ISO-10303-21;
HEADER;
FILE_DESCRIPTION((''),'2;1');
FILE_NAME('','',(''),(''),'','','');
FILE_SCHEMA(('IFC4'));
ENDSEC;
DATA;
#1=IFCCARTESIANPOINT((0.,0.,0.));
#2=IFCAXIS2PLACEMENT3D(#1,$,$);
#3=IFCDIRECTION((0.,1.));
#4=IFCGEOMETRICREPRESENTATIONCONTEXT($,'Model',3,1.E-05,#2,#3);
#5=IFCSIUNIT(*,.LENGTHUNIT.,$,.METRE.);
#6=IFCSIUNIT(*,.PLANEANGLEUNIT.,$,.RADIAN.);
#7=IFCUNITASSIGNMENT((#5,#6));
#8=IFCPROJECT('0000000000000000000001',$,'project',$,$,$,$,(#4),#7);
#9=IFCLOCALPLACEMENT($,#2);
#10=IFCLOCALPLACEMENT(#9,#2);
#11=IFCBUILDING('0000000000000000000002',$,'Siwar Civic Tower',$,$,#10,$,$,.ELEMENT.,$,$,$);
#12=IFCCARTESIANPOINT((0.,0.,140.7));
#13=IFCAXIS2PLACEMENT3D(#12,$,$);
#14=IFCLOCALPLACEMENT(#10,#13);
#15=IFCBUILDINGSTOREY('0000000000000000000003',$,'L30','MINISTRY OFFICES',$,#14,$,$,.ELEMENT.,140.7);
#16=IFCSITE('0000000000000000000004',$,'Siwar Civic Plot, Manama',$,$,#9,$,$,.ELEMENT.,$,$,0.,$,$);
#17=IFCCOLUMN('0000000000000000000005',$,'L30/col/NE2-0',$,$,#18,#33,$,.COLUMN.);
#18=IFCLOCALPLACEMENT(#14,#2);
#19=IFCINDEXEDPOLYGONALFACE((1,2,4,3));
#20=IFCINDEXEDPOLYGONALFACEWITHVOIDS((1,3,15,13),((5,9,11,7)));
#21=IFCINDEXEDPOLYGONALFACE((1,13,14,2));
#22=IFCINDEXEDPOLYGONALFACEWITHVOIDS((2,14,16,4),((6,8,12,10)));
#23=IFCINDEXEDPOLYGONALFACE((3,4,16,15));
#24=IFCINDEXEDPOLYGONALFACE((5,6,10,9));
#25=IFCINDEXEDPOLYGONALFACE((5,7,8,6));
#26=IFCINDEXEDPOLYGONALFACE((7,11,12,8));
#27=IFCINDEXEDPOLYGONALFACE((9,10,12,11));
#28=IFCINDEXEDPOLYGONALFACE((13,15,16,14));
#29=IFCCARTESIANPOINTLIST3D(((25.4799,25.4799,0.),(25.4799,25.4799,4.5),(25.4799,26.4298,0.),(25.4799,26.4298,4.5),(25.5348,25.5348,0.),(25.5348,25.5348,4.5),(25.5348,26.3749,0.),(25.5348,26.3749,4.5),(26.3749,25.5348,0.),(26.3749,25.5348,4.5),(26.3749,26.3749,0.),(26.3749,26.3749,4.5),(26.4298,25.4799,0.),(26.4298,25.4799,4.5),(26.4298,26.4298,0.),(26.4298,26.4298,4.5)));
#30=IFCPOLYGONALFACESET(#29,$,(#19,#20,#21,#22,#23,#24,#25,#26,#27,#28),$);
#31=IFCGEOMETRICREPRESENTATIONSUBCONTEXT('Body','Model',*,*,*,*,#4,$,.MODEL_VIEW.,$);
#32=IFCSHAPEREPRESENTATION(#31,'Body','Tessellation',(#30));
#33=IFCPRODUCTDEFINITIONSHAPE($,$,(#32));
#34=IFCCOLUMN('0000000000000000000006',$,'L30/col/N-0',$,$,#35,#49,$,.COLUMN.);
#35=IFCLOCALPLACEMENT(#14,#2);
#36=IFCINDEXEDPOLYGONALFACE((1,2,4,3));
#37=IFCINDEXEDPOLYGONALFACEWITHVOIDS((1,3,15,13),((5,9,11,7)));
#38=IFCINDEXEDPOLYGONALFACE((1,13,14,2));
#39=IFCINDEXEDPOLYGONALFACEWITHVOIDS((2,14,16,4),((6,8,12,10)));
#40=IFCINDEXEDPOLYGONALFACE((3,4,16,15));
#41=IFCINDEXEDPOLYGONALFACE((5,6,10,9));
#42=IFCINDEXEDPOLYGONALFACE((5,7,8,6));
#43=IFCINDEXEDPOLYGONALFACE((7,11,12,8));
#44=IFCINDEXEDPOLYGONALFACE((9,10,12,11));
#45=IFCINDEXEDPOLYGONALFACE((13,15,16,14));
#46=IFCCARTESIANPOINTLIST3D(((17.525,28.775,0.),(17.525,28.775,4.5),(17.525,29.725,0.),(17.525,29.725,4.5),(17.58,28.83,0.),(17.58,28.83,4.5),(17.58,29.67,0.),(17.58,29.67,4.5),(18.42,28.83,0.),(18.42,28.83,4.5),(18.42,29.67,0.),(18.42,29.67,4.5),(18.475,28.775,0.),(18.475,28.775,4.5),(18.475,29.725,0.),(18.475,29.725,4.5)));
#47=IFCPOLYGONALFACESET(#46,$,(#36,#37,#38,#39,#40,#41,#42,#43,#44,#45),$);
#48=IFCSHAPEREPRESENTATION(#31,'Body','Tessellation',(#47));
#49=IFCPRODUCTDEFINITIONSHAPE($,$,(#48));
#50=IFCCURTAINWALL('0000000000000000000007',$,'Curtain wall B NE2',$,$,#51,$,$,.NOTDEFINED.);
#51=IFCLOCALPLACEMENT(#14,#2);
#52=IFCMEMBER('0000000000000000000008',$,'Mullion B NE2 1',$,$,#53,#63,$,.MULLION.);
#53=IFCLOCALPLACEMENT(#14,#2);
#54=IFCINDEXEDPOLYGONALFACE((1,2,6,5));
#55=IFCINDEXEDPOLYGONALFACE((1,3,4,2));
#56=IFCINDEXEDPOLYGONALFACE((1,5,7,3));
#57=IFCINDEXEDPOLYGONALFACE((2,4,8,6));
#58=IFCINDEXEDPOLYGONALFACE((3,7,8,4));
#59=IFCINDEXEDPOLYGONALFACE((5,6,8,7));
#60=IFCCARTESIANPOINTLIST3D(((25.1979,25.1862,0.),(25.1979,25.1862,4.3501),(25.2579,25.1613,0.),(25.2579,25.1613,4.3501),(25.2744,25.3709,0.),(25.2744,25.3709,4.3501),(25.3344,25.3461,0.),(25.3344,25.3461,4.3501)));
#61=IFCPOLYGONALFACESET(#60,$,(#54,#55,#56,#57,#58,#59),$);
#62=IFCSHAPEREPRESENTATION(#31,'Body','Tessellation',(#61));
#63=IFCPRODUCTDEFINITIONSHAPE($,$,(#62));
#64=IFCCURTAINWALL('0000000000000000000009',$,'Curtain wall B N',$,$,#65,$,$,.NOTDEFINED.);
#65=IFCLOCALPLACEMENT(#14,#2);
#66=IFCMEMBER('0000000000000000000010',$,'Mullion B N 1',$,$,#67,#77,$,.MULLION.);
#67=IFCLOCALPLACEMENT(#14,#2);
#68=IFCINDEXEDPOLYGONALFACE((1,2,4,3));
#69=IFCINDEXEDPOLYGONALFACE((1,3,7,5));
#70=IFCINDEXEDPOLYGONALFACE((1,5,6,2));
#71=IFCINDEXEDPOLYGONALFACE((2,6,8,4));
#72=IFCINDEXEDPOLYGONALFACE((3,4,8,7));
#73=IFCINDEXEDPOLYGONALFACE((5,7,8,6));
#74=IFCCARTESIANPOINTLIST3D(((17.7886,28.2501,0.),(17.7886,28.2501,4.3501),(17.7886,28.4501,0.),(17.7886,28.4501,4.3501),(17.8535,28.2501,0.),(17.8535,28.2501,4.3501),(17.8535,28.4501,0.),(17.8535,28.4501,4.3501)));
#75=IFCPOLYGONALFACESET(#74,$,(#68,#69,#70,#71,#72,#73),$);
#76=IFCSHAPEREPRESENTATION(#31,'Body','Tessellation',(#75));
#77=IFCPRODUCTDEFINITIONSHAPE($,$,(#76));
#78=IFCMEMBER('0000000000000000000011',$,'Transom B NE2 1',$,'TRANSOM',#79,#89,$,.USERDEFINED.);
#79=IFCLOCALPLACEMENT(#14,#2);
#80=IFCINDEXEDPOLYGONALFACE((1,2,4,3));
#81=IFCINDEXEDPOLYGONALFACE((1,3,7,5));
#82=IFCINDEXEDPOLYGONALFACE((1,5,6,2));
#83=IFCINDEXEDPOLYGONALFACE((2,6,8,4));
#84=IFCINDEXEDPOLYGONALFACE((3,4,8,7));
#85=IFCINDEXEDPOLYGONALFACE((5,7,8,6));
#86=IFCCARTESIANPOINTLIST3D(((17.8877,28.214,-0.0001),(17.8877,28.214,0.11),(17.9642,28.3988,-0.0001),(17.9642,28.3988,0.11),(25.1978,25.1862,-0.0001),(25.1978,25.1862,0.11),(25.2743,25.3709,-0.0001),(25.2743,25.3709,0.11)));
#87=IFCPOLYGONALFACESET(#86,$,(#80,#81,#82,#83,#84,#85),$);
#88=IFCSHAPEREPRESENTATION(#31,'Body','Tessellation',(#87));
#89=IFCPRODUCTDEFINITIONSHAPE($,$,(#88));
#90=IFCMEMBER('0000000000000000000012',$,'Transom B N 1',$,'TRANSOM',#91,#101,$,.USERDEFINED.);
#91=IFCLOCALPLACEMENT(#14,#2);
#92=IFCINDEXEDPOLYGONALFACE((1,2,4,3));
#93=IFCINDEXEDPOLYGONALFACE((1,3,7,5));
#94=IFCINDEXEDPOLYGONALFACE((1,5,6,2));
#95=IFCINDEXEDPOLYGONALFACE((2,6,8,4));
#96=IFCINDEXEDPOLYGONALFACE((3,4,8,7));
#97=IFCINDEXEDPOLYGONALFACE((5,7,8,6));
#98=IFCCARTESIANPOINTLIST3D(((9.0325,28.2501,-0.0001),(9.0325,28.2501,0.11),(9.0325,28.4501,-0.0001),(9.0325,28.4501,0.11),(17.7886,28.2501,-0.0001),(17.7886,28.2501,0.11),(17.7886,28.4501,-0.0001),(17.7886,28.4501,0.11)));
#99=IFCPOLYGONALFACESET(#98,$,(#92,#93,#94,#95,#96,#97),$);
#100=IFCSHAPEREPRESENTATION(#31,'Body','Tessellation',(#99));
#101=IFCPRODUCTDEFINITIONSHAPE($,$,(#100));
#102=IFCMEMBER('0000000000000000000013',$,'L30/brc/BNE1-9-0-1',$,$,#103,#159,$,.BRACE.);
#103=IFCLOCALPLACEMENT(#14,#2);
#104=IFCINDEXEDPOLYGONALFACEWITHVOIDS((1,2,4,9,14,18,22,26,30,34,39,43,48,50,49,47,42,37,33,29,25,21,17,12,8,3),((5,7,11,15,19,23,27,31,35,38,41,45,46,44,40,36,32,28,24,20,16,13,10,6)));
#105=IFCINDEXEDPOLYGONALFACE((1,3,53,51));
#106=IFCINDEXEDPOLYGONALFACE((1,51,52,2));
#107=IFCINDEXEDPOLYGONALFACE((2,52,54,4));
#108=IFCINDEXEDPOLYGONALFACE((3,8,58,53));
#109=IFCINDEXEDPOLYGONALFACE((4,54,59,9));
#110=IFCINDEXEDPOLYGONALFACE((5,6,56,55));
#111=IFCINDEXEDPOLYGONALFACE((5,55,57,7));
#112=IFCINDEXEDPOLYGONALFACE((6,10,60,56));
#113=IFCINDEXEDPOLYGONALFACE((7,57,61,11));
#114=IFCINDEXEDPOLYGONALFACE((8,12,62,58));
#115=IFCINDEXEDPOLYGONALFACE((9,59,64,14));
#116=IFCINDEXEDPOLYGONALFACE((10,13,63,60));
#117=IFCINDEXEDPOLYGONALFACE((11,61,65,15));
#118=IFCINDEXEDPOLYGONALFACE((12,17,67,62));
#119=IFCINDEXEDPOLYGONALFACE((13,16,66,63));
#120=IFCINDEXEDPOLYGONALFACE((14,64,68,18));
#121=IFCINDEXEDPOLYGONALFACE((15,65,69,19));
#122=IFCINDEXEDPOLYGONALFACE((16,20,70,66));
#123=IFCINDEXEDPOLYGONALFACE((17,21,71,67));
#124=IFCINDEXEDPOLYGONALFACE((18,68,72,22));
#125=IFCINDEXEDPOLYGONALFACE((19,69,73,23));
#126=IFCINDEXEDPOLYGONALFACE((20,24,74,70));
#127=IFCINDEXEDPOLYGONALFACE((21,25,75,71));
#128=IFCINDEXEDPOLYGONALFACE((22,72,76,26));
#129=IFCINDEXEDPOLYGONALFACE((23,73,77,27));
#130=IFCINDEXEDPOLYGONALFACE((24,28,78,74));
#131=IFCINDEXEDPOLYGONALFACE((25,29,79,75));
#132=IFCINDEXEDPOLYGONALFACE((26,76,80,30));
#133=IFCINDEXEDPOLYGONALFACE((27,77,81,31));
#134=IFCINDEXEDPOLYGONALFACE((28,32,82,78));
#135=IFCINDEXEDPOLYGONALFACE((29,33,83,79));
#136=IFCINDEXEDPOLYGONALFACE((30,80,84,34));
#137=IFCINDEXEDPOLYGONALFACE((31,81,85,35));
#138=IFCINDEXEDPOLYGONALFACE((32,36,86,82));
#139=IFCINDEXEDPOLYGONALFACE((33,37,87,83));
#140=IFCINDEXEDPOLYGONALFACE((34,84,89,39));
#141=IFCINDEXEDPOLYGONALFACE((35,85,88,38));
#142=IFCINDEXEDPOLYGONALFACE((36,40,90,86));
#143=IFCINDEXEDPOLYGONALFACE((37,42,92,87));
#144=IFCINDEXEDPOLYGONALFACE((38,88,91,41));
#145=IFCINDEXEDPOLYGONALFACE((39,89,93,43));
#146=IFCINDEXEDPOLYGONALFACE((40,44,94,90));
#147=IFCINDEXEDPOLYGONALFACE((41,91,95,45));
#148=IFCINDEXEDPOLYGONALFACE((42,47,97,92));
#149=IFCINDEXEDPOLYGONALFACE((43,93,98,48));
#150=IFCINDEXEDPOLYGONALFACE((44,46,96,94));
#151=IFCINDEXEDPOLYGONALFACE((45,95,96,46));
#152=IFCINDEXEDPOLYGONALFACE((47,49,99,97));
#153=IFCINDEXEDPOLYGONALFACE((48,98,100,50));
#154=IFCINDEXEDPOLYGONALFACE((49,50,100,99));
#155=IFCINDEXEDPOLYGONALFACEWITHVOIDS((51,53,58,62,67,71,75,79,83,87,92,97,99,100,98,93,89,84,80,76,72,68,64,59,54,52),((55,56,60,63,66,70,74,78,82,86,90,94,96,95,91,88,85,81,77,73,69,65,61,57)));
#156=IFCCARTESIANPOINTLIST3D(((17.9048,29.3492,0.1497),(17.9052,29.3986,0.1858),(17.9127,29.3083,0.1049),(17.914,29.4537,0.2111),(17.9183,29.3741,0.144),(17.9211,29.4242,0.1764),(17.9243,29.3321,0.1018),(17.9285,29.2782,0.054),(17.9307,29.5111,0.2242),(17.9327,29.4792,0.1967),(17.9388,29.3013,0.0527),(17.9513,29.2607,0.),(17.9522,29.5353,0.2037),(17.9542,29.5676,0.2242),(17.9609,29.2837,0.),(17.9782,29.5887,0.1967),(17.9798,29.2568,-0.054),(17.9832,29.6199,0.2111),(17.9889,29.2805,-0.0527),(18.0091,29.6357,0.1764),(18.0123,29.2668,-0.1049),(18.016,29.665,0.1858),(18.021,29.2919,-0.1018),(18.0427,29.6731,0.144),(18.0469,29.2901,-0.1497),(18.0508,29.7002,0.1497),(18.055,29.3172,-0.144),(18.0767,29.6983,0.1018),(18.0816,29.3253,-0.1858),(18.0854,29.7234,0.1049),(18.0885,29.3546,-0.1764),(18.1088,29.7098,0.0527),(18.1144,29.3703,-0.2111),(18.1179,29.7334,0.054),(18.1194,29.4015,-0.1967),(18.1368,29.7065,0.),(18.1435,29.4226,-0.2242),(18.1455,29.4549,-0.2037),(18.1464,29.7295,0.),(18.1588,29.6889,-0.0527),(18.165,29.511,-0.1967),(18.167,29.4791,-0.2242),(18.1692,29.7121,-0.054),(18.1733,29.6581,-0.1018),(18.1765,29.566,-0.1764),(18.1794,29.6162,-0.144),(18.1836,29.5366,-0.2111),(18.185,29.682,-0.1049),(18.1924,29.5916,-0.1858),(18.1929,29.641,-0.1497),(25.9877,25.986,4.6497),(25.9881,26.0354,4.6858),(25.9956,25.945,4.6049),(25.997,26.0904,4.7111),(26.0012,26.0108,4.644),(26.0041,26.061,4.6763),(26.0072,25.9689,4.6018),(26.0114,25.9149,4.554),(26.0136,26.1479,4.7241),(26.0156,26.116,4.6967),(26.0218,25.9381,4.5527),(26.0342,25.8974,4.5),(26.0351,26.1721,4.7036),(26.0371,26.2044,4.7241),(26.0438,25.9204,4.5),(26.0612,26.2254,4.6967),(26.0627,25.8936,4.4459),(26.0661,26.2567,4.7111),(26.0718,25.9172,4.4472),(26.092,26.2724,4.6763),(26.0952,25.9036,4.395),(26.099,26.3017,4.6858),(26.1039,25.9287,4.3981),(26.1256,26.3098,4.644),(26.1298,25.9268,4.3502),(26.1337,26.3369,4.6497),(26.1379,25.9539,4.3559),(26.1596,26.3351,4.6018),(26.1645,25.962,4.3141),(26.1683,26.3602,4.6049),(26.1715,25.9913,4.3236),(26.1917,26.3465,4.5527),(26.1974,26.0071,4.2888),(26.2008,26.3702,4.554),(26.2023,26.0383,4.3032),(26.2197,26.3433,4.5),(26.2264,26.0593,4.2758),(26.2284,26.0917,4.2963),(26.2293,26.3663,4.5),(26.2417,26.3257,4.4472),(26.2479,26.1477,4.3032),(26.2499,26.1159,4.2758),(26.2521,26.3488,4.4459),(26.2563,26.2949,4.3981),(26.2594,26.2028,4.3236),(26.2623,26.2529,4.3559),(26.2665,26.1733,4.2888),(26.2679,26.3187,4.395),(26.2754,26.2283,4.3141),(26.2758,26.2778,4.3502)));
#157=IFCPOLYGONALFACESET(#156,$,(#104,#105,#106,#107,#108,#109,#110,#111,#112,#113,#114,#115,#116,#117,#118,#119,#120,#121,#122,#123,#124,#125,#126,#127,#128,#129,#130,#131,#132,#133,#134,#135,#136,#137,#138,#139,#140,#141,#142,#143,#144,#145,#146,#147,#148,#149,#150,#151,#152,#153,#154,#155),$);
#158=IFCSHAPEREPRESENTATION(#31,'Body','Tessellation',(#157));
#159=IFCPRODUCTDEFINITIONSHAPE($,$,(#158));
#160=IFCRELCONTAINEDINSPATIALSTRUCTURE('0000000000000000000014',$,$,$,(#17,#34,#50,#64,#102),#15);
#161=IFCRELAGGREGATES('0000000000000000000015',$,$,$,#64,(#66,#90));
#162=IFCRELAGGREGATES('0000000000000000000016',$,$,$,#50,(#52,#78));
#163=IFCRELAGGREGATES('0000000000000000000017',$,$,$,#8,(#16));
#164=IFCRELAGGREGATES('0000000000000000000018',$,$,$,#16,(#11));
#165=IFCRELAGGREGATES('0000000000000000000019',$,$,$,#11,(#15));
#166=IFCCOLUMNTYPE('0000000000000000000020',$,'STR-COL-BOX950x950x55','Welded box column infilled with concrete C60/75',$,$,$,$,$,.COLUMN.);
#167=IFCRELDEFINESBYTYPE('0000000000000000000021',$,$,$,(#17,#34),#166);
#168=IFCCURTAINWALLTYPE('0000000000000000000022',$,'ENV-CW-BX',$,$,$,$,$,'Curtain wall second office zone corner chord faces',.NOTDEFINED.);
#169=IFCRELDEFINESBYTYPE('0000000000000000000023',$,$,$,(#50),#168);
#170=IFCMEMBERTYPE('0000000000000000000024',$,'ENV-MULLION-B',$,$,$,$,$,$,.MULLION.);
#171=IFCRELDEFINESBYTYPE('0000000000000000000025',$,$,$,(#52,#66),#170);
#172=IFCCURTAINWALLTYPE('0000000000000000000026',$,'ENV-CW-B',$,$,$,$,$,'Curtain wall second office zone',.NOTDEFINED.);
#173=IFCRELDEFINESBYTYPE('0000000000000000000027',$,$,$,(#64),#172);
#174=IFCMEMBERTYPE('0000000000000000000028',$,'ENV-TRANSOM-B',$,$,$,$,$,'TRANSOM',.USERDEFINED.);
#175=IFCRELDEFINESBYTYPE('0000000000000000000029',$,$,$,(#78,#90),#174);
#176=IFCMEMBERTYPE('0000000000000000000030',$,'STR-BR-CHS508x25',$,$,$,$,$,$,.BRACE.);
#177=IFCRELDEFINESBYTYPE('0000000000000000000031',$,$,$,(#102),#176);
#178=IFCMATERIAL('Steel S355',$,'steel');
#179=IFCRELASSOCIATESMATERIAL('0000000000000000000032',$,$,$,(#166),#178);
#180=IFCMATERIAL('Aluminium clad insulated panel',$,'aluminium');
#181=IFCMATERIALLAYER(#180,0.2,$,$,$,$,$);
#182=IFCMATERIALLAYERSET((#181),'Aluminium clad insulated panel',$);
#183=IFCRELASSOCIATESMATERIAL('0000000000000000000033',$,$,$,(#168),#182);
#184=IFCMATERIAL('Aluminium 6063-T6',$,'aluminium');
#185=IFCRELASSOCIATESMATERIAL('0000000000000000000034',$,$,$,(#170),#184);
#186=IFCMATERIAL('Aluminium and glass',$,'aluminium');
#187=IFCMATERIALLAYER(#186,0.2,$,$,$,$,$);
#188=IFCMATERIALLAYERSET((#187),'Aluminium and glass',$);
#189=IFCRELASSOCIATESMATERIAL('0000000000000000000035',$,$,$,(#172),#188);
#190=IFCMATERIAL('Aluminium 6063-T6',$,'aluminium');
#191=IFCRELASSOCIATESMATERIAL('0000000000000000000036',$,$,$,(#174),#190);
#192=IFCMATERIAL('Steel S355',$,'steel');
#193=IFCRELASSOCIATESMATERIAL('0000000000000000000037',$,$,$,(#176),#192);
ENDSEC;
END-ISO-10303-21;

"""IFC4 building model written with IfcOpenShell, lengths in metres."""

from ifc_helpers import new_model, si_unit, direction, frame, origin, origin_2d, place, context, subcontext, project, spatial, rectangle, hollow_rectangle, hollow_circle, extrude, material, layer, layer_set, material_profile, profile_set, type_object, element, aggregate, save


model = new_model("IFC4")

# Units and contexts
model_context = context("Model", 3, precision=1e-05, world=origin(), true_north=direction((0.0, 1.0)))
body_context = subcontext(model_context, "Body", "Model", "MODEL_VIEW")
ifc_project = project(units=[si_unit("LENGTHUNIT", "METRE"), si_unit("PLANEANGLEUNIT", "RADIAN")], contexts=[model_context])

# Site, building, storey
site_placement = place(None, origin())
site = spatial("IfcSite", under=ifc_project, at=site_placement, Name="Siwar Civic Plot, Manama", CompositionType="ELEMENT", RefElevation=0.0)
building_placement = place(site_placement, origin())
building = spatial("IfcBuilding", under=site, at=building_placement, Name="Siwar Civic Tower", CompositionType="ELEMENT")
storey_placement = place(building_placement, frame((0.0, 0.0, 140.7)))
storey = spatial("IfcBuildingStorey", under=building, at=storey_placement, Name="L30", Description="MINISTRY OFFICES", CompositionType="ELEMENT", Elevation=140.7)

# Columns
ifc_material_1 = material(Name="Steel S355", Category="steel")
ifc_material_profile_1 = material_profile(ifc_material_1, hollow_rectangle(XDim=0.95, YDim=0.95, WallThickness=0.0549, at=origin_2d()), Name="BOX950x950x55")
ifc_profile_set_1 = profile_set([ifc_material_profile_1], Name="Steel S355")
column_type = type_object("IfcColumnType", Name="STR-COL-BOX950x950x55", Description="Welded box column infilled with concrete C60/75", PredefinedType="COLUMN", material=ifc_profile_set_1)
for number, where, z_axis, x_axis, name in (
    (1, (25.9548, 25.9548, 0.0), (0.0, 0.0, 1.0), (1.0, 0.0, 0.0), "L30/col/NE2-0"),
    (2, (18.0, 29.25, 0.0), (0.0, 0.0, 1.0), (1.0, 0.0, 0.0), "L30/col/N-0"),
):
    element("IfcColumn", number, at=place(storey_placement, frame(where, z_axis=z_axis, x_axis=x_axis)), inside=storey, type_object=column_type, Name=name, PredefinedType="COLUMN", context=body_context, shape_type="SweptSolid", body=[
        extrude(hollow_rectangle(XDim=0.95, YDim=0.95, WallThickness=0.0549, at=origin_2d()), origin(), (0.0, 0.0, 1.0), 4.5),
    ])

# Curtain walls, members
ifc_material_2 = material(Name="Aluminium clad insulated panel", Category="aluminium")
ifc_layer_1 = layer(ifc_material_2, 0.2)
ifc_layer_set_1 = layer_set([ifc_layer_1], Name="Aluminium clad insulated panel")
curtain_wall_type_1 = type_object("IfcCurtainWallType", Name="ENV-CW-BX", ElementType="Curtain wall second office zone corner chord faces", PredefinedType="NOTDEFINED", material=ifc_layer_set_1)
curtain_wall_1_placement = place(storey_placement, origin())
curtain_wall_1 = element("IfcCurtainWall", 3, at=curtain_wall_1_placement, inside=storey, type_object=curtain_wall_type_1, Name="Curtain wall B NE2", PredefinedType="NOTDEFINED")
ifc_material_3 = material(Name="Aluminium 6063-T6", Category="aluminium")
ifc_material_profile_2 = material_profile(ifc_material_3, rectangle(XDim=0.2, YDim=0.0649, at=origin_2d()), Name="AL 200x65")
ifc_profile_set_2 = profile_set([ifc_material_profile_2], Name="Aluminium 6063-T6")
member_type_1 = type_object("IfcMemberType", Name="ENV-MULLION-B", PredefinedType="MULLION", material=ifc_profile_set_2)
member_1_placement = place(storey_placement, frame((25.2661, 25.2661, 0.0), z_axis=(0.0, 0.0, 1.0), x_axis=(-0.382683, -0.92388, 0.0)))
member_1 = element("IfcMember", 4, at=member_1_placement, type_object=member_type_1, Name="Mullion B NE2 1", PredefinedType="MULLION", context=body_context, shape_type="SweptSolid", body=[
    extrude(rectangle(XDim=0.2, YDim=0.0649, at=origin_2d()), origin(), (0.0, 0.0, 1.0), 4.3501),
])
ifc_material_4 = material(Name="Aluminium and glass", Category="aluminium")
ifc_layer_2 = layer(ifc_material_4, 0.2)
ifc_layer_set_2 = layer_set([ifc_layer_2], Name="Aluminium and glass")
curtain_wall_type_2 = type_object("IfcCurtainWallType", Name="ENV-CW-B", ElementType="Curtain wall second office zone", PredefinedType="NOTDEFINED", material=ifc_layer_set_2)
curtain_wall_2_placement = place(storey_placement, origin())
curtain_wall_2 = element("IfcCurtainWall", 5, at=curtain_wall_2_placement, inside=storey, type_object=curtain_wall_type_2, Name="Curtain wall B N", PredefinedType="NOTDEFINED")
member_2_placement = place(storey_placement, frame((17.821, 28.3501, 0.0), z_axis=(0.0, 0.0, 1.0), x_axis=(0.0, -1.0, 0.0)))
member_2 = element("IfcMember", 6, at=member_2_placement, type_object=member_type_1, Name="Mullion B N 1", PredefinedType="MULLION", context=body_context, shape_type="SweptSolid", body=[
    extrude(rectangle(XDim=0.2, YDim=0.0649, at=origin_2d()), origin(), (0.0, 0.0, 1.0), 4.3501),
])

# Members
ifc_material_5 = material(Name="Aluminium 6063-T6", Category="aluminium")
ifc_material_profile_3 = material_profile(ifc_material_5, rectangle(XDim=0.2, YDim=0.1101, at=origin_2d()), Name="AL 200x110")
ifc_profile_set_3 = profile_set([ifc_material_profile_3], Name="Aluminium 6063-T6")
member_type_2 = type_object("IfcMemberType", Name="ENV-TRANSOM-B", ElementType="TRANSOM", PredefinedType="USERDEFINED", material=ifc_profile_set_3)
member_3_placement = place(storey_placement, frame((25.2361, 25.2786, 0.0549), z_axis=(-0.923884, 0.382673, 0.0), x_axis=(-0.382673, -0.923884, 0.0)))
member_3 = element("IfcMember", 7, at=member_3_placement, type_object=member_type_2, Name="Transom B NE2 1", ObjectType="TRANSOM", PredefinedType="USERDEFINED", context=body_context, shape_type="SweptSolid", body=[
    extrude(rectangle(XDim=0.2, YDim=0.1101, at=origin_2d()), origin(), (0.0, 0.0, 1.0), 7.9124),
])
member_4_placement = place(storey_placement, frame((17.7886, 28.3501, 0.0549), z_axis=(-1.0, 0.0, 0.0), x_axis=(0.0, -1.0, 0.0)))
member_4 = element("IfcMember", 8, at=member_4_placement, type_object=member_type_2, Name="Transom B N 1", ObjectType="TRANSOM", PredefinedType="USERDEFINED", context=body_context, shape_type="SweptSolid", body=[
    extrude(rectangle(XDim=0.2, YDim=0.1101, at=origin_2d()), origin(), (0.0, 0.0, 1.0), 8.7561),
])
aggregate(curtain_wall_2, [member_2, member_4])

# Member
ifc_material_6 = material(Name="Steel S355", Category="steel")
ifc_material_profile_4 = material_profile(ifc_material_6, hollow_circle(Radius=0.2539, WallThickness=0.0249, at=origin_2d()), Name="CHS508x25")
ifc_profile_set_4 = profile_set([ifc_material_profile_4], Name="Steel S355")
member_type_3 = type_object("IfcMemberType", Name="STR-BR-CHS508x25", PredefinedType="BRACE", material=ifc_profile_set_4)
member_5_placement = place(storey_placement, frame((18.0488, 29.4951, 0.0), z_axis=(0.821143, -0.341671, 0.457149), x_axis=(0.384164, 0.923265, 0.0)))
element("IfcMember", 9, at=member_5_placement, inside=storey, type_object=member_type_3, Name="L30/brc/BNE1-9-0-1", PredefinedType="BRACE", context=body_context, shape_type="SweptSolid", body=[
    extrude(hollow_circle(Radius=0.2539, WallThickness=0.0249, at=origin_2d()), origin(), (0.0, 0.0, 1.0), 9.8435),
])

aggregate(curtain_wall_1, [member_1, member_3])

save(model, "model.ifc")
